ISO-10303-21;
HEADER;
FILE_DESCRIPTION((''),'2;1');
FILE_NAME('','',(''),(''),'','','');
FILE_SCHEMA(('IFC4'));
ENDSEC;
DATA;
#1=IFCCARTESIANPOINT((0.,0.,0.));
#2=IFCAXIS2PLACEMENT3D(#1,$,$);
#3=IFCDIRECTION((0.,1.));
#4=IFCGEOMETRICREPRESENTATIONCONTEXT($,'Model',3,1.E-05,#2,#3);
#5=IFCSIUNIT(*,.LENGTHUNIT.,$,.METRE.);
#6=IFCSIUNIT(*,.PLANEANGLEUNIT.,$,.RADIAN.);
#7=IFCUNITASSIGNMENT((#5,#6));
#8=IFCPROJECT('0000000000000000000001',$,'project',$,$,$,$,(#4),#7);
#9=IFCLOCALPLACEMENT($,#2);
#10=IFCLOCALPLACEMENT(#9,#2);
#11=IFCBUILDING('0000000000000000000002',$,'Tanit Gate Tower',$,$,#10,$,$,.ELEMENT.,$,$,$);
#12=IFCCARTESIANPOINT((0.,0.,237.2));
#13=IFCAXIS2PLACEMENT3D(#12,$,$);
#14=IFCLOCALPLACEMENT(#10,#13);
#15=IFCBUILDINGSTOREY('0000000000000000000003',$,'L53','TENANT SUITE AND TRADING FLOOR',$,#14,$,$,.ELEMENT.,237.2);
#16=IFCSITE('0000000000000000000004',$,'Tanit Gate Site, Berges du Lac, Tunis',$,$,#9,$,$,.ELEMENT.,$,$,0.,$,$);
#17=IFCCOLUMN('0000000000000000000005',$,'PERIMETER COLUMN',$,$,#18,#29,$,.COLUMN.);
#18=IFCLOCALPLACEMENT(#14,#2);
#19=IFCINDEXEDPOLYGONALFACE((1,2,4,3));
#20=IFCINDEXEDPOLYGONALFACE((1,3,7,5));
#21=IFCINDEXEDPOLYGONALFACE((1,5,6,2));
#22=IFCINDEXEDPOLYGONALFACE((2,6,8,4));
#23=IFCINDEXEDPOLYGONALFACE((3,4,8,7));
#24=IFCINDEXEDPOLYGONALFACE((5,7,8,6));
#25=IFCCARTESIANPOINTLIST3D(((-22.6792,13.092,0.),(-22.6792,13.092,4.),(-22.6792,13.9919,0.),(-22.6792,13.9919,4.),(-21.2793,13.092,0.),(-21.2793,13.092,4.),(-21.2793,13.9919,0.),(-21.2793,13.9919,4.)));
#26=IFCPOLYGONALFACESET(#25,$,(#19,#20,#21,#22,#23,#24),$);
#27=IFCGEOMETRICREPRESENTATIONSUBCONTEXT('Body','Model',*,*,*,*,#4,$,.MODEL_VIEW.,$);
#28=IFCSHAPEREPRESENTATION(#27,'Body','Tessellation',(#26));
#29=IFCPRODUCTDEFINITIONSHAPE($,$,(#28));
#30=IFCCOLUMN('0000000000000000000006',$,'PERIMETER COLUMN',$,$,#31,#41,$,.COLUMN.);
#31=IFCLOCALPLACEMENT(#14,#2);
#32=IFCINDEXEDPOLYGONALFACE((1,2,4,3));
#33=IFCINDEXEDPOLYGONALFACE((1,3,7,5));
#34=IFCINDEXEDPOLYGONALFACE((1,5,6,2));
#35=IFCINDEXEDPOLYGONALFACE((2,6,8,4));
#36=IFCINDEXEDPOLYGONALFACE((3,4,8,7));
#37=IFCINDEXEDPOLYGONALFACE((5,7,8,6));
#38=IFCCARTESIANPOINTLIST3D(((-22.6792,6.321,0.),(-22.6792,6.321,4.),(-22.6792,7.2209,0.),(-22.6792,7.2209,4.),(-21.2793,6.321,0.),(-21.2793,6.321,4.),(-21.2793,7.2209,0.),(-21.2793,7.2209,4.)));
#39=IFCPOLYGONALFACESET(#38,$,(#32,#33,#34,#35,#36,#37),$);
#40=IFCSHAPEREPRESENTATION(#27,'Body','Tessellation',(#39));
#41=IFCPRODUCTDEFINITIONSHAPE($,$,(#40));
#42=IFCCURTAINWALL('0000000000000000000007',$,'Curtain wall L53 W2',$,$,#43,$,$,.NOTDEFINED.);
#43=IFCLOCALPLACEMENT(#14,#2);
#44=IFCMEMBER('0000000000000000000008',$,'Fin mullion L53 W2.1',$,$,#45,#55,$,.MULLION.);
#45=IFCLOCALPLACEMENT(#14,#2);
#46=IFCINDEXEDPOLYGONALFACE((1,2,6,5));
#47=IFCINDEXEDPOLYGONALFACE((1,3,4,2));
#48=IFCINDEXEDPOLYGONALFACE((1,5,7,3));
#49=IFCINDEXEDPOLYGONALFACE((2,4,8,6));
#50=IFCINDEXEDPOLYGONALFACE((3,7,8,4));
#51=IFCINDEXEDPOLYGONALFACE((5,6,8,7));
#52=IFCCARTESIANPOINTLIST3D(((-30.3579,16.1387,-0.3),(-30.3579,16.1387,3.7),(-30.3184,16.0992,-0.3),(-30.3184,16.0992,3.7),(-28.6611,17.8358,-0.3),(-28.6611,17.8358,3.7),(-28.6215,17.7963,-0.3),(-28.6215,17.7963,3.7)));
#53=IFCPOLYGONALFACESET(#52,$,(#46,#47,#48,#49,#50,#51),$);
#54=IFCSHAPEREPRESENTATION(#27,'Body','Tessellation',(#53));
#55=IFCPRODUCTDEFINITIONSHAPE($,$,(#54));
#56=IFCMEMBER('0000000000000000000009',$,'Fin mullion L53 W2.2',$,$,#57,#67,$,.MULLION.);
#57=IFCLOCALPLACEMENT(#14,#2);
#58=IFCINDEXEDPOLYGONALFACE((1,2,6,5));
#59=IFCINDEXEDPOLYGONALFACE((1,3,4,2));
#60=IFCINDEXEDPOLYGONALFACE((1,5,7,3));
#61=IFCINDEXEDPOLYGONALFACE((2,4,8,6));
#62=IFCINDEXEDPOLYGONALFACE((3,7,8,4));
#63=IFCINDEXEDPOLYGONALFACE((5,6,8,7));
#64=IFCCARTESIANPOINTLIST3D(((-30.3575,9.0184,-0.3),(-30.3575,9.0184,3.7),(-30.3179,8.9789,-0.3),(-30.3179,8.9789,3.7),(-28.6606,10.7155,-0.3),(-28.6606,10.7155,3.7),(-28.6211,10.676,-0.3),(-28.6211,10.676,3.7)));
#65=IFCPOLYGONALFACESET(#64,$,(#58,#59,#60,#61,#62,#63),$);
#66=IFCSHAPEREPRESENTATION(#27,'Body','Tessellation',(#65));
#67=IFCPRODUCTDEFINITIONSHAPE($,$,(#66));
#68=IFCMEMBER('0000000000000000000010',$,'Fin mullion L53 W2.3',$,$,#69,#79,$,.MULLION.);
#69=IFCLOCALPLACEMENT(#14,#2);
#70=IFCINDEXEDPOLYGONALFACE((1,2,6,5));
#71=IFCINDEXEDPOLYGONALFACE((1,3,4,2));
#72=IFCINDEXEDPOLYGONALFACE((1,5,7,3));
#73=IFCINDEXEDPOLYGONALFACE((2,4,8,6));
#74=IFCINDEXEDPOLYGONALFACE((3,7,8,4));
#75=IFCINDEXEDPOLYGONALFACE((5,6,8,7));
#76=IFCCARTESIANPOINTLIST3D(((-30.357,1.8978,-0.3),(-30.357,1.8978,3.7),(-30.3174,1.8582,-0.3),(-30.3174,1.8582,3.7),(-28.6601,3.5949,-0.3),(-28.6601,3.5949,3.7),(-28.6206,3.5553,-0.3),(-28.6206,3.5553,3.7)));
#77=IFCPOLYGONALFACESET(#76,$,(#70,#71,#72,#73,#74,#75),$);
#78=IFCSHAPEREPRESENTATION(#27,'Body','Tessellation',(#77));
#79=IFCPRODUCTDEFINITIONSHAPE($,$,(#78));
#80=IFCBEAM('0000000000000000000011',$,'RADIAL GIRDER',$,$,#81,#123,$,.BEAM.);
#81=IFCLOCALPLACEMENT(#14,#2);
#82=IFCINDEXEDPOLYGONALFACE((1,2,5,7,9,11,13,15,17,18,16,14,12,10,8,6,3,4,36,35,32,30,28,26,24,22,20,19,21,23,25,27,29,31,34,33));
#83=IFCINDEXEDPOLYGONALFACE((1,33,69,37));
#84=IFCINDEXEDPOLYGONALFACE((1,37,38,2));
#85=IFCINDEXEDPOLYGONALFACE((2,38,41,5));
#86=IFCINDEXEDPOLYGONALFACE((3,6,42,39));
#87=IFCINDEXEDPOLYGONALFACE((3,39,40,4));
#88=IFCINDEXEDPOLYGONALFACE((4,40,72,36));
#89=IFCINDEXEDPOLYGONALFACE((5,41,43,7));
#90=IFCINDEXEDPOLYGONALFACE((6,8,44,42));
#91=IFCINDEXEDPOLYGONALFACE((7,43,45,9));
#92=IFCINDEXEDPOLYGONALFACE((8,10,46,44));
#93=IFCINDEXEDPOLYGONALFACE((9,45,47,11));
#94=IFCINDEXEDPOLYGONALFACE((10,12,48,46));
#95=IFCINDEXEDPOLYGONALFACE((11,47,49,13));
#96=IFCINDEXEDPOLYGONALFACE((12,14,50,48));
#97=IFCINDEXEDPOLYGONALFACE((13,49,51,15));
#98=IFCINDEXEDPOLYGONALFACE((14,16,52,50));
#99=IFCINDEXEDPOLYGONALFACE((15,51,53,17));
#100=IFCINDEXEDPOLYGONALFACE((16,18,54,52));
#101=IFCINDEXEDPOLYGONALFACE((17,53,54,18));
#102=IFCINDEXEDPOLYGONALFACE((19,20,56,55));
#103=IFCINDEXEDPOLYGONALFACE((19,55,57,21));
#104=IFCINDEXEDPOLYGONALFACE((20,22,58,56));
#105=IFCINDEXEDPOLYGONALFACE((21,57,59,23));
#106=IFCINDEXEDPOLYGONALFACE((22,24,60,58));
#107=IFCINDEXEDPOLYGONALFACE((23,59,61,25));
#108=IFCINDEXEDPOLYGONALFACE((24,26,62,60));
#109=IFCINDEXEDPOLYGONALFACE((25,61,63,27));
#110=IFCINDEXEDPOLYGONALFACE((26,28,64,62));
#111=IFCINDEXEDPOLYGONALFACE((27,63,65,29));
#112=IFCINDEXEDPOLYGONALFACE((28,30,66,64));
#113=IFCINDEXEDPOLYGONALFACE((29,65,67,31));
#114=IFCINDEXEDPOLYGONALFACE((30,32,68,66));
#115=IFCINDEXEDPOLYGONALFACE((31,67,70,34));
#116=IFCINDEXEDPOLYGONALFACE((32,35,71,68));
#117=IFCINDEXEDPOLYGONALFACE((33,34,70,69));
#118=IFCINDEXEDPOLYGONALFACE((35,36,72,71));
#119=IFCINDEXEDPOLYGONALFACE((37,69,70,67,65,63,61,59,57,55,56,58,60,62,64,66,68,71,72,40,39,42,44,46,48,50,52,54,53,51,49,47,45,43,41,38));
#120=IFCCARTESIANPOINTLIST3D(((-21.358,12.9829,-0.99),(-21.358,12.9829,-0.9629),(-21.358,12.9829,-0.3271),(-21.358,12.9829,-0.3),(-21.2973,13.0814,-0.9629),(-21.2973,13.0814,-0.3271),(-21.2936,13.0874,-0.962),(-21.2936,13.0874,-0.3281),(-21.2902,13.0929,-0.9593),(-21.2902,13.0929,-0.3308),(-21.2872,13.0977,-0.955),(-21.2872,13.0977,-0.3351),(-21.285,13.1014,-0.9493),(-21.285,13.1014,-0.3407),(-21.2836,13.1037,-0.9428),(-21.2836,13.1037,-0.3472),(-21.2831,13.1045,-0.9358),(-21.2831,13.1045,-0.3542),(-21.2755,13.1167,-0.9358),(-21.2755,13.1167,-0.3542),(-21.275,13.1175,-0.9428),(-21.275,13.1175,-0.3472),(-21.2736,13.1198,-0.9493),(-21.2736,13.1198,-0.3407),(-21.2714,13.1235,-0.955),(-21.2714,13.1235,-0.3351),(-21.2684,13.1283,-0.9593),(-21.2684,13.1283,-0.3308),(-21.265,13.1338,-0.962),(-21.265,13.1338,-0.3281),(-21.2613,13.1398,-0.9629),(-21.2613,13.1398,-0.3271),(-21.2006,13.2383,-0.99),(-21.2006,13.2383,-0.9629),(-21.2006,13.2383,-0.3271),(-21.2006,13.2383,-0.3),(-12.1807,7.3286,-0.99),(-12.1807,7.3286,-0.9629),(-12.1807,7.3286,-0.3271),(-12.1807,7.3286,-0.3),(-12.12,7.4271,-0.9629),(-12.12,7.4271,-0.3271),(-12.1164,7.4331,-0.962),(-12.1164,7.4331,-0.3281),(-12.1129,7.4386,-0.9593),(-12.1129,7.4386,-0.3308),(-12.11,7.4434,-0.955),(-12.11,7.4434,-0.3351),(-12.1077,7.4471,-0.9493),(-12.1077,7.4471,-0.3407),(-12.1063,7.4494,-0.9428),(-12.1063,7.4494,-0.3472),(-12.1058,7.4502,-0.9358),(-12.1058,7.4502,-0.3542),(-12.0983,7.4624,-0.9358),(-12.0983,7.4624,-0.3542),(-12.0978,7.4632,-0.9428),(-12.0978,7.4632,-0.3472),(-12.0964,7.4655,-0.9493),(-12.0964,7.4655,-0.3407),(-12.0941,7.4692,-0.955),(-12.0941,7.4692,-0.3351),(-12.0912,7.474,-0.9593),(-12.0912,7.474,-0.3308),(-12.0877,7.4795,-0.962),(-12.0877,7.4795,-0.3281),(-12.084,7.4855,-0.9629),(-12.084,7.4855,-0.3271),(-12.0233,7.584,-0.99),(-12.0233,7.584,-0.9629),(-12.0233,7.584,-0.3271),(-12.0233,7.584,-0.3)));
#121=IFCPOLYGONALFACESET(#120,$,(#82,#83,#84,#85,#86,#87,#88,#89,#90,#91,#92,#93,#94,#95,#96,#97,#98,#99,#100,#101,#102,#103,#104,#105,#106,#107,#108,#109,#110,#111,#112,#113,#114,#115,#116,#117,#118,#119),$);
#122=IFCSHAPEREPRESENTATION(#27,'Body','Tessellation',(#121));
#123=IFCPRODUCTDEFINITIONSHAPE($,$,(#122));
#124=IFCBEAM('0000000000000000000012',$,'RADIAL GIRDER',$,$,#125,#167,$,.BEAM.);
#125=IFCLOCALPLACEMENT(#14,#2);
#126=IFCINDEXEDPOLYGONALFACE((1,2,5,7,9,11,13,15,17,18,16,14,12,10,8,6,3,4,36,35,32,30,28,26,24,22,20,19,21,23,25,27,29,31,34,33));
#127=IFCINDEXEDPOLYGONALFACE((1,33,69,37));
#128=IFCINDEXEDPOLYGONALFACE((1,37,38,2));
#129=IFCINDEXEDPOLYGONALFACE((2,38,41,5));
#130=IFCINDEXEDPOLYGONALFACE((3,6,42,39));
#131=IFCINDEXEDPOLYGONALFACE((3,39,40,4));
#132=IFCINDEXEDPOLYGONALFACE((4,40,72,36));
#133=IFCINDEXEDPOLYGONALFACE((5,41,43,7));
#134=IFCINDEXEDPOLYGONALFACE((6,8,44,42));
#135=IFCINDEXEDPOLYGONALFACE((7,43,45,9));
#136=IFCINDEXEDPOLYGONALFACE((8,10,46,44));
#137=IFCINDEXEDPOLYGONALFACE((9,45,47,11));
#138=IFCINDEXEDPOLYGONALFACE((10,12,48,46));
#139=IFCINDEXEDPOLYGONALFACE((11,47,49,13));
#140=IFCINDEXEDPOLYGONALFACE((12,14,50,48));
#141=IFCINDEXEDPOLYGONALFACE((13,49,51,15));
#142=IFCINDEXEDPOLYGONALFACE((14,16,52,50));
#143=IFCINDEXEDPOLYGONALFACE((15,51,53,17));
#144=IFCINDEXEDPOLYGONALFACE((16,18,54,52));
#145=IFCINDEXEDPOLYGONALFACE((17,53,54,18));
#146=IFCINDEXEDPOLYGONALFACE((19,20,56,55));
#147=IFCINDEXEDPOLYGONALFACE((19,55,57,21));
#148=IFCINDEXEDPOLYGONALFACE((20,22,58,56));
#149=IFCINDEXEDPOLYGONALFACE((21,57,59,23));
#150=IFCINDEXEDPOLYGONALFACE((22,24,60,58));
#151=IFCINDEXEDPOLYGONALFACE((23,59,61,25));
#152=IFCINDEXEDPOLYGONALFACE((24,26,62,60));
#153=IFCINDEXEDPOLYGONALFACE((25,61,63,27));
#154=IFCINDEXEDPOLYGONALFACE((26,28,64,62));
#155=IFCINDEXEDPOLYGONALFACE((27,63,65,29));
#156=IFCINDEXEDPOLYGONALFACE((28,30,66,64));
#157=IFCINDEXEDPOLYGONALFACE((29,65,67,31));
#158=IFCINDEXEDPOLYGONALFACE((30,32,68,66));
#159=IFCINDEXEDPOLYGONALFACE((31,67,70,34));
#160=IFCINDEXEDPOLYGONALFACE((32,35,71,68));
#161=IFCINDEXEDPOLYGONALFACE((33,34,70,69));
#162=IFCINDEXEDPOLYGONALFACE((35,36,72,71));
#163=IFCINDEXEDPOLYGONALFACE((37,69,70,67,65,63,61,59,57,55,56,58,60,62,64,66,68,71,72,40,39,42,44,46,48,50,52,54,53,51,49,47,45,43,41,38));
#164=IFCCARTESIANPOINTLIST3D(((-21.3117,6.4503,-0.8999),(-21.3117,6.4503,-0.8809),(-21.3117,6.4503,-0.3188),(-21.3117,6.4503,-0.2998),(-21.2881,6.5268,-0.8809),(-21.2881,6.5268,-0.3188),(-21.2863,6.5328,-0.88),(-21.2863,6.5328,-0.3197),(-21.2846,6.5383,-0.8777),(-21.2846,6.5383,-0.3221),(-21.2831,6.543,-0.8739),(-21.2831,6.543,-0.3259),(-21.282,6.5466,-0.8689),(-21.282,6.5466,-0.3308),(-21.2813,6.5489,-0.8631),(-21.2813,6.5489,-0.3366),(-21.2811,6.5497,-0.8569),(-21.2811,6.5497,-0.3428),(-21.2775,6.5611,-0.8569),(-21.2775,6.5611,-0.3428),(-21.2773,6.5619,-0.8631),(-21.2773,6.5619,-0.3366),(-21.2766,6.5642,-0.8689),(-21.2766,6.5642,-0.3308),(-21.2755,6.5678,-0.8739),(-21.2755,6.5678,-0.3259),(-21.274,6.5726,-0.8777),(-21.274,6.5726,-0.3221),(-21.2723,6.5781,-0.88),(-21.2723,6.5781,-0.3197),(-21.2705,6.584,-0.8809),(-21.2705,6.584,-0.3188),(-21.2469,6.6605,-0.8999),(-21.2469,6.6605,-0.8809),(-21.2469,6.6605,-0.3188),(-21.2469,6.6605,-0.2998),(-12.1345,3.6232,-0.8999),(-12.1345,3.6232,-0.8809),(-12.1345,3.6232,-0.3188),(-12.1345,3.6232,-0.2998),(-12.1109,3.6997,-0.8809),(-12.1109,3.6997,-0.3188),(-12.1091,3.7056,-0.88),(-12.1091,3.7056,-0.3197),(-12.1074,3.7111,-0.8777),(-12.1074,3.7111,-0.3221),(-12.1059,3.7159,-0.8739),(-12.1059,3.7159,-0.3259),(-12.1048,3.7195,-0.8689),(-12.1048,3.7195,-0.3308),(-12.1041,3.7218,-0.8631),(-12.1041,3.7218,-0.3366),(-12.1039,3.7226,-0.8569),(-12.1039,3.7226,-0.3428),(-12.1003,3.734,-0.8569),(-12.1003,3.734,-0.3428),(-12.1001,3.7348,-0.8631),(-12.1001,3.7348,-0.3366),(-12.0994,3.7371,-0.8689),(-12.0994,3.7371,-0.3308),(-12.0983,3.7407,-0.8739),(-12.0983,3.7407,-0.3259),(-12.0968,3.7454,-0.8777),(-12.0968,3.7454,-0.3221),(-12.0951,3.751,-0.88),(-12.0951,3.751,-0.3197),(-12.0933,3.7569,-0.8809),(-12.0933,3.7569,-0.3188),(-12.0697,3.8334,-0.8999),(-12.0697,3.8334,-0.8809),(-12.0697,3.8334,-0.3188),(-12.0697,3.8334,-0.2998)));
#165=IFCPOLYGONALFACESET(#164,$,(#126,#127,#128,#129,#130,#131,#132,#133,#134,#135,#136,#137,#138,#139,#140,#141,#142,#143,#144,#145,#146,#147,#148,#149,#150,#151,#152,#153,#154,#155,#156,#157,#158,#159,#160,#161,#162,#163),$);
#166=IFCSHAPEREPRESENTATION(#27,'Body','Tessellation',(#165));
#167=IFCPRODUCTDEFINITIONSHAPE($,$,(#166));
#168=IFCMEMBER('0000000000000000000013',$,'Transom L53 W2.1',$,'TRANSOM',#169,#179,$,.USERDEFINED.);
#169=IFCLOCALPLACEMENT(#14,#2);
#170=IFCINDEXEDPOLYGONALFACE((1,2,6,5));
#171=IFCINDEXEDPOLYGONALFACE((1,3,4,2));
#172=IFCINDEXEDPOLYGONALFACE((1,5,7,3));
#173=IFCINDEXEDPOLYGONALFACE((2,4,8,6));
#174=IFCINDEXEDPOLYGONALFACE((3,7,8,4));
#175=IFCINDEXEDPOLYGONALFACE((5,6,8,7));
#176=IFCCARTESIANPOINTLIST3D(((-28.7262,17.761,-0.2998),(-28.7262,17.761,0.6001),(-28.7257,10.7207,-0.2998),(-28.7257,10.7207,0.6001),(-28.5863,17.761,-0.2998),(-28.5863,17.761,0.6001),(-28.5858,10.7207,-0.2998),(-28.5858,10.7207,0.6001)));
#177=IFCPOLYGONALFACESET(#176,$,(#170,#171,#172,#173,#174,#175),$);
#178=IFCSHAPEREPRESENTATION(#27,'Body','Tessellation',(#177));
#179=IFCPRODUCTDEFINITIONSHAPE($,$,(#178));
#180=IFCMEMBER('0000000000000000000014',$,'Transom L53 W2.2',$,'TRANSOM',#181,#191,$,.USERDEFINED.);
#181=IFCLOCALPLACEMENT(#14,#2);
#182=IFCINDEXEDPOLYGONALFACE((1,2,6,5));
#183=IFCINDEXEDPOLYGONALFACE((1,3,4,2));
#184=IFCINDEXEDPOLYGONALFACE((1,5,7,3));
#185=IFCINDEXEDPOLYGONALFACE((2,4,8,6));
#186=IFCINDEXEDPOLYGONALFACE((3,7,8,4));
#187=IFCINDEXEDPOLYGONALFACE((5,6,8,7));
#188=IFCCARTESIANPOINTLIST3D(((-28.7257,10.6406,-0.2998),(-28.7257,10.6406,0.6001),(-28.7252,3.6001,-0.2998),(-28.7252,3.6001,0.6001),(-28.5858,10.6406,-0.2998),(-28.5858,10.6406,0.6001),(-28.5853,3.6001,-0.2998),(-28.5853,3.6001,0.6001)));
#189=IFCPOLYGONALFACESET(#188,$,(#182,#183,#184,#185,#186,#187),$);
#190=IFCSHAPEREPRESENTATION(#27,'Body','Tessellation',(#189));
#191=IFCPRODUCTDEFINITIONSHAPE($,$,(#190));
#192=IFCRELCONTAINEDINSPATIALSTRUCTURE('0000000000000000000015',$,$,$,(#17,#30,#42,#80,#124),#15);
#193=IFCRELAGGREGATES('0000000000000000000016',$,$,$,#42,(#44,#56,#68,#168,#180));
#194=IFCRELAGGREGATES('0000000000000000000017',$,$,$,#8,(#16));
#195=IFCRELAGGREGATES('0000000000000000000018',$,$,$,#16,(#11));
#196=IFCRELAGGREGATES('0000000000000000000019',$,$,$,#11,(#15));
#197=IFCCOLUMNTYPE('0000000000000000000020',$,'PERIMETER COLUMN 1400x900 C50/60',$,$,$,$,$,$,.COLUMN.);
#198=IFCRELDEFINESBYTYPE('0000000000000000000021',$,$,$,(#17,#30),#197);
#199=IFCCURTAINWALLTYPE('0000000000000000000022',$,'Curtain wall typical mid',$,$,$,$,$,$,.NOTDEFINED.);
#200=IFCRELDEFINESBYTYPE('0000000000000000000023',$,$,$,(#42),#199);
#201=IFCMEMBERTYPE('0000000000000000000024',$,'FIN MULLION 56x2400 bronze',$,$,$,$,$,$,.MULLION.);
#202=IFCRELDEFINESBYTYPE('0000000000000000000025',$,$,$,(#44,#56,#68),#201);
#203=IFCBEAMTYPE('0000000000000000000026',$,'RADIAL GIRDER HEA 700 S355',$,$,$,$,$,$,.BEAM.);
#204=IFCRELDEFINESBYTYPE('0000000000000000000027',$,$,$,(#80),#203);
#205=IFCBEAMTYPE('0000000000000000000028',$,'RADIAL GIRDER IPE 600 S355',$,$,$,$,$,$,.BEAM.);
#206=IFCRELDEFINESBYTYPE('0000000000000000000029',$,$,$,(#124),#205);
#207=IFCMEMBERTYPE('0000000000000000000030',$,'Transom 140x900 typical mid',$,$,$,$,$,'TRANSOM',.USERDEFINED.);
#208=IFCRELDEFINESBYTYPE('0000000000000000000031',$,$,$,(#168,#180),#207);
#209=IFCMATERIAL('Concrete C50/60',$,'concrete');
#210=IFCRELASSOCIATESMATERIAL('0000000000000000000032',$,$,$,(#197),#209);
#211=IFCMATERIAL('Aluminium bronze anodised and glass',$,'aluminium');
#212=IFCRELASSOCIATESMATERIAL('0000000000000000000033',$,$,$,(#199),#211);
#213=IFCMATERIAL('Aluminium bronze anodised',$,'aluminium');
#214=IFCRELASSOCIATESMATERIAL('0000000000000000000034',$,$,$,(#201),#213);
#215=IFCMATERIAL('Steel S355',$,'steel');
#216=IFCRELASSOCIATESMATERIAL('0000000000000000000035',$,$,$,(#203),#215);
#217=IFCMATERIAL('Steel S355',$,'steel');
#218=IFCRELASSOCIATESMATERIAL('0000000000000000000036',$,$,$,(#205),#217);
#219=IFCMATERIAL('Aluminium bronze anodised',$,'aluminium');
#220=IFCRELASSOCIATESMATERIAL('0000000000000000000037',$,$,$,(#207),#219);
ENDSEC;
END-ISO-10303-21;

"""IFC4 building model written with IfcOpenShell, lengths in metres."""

from ifc_helpers import new_model, si_unit, direction, frame, origin, origin_2d, place, context, subcontext, project, spatial, rectangle, i_section, extrude, material, material_profile, profile_set, type_object, element, aggregate, save


model = new_model("IFC4")

# Units and contexts
model_context = context("Model", 3, precision=1e-05, world=origin(), true_north=direction((0.0, 1.0)))
body_context = subcontext(model_context, "Body", "Model", "MODEL_VIEW")
ifc_project = project(units=[si_unit("LENGTHUNIT", "METRE"), si_unit("PLANEANGLEUNIT", "RADIAN")], contexts=[model_context])

# Site, building, storey
site_placement = place(None, origin())
site = spatial("IfcSite", under=ifc_project, at=site_placement, Name="Tanit Gate Site, Berges du Lac, Tunis", CompositionType="ELEMENT", RefElevation=0.0)
building_placement = place(site_placement, origin())
building = spatial("IfcBuilding", under=site, at=building_placement, Name="Tanit Gate Tower", CompositionType="ELEMENT")
storey_placement = place(building_placement, frame((0.0, 0.0, 237.2)))
storey = spatial("IfcBuildingStorey", under=building, at=storey_placement, Name="L53", Description="TENANT SUITE AND TRADING FLOOR", CompositionType="ELEMENT", Elevation=237.2)

# Columns
ifc_material_1 = material(Name="Concrete C50/60", Category="concrete")
ifc_material_profile_1 = material_profile(ifc_material_1, rectangle(XDim=1.3999, YDim=0.8999, at=origin_2d()), Name="RC 1400x900")
ifc_profile_set_1 = profile_set([ifc_material_profile_1], Name="Concrete C50/60")
column_type = type_object("IfcColumnType", Name="PERIMETER COLUMN 1400x900 C50/60", PredefinedType="COLUMN", material=ifc_profile_set_1)
for number, where, z_axis, x_axis, name in (
    (1, (-21.9792, 13.542, 0.0), (0.0, 0.0, 1.0), (-1.0, 0.0, 0.0), "PERIMETER COLUMN"),
    (2, (-21.9792, 6.771, 0.0), (0.0, 0.0, 1.0), (-1.0, 0.0, 0.0), "PERIMETER COLUMN"),
):
    element("IfcColumn", number, at=place(storey_placement, frame(where, z_axis=z_axis, x_axis=x_axis)), inside=storey, type_object=column_type, Name=name, PredefinedType="COLUMN", context=body_context, shape_type="SweptSolid", body=[
        extrude(rectangle(XDim=1.3999, YDim=0.8999, at=origin_2d()), origin(), (0.0, 0.0, 1.0), 4.0),
    ])

# Curtain wall, members
ifc_material_2 = material(Name="Aluminium bronze anodised and glass", Category="aluminium")
curtain_wall_type = type_object("IfcCurtainWallType", Name="Curtain wall typical mid", PredefinedType="NOTDEFINED", material=ifc_material_2)
curtain_wall_placement = place(storey_placement, origin())
curtain_wall = element("IfcCurtainWall", 3, at=curtain_wall_placement, inside=storey, type_object=curtain_wall_type, Name="Curtain wall L53 W2", PredefinedType="NOTDEFINED")
ifc_material_3 = material(Name="Aluminium bronze anodised", Category="aluminium")
ifc_material_profile_2 = material_profile(ifc_material_3, rectangle(XDim=2.3999, YDim=0.0559, at=origin_2d()), Name="56x2400 bronze fin mullion")
ifc_profile_set_2 = profile_set([ifc_material_profile_2], Name="Aluminium bronze anodised")
member_type_1 = type_object("IfcMemberType", Name="FIN MULLION 56x2400 bronze", PredefinedType="MULLION", material=ifc_profile_set_2)
member_1_placement = place(storey_placement, frame((-29.4897, 16.9675, -0.3), z_axis=(0.0, 0.0, 1.0), x_axis=(0.707058, 0.707156, 0.0)))
member_1 = element("IfcMember", 4, at=member_1_placement, type_object=member_type_1, Name="Fin mullion L53 W2.1", PredefinedType="MULLION", context=body_context, shape_type="SweptSolid", body=[
    extrude(rectangle(XDim=2.3999, YDim=0.0559, at=origin_2d()), origin(), (0.0, 0.0, 1.0), 4.0),
])
member_2_placement = place(storey_placement, frame((-29.4893, 9.8472, -0.3), z_axis=(0.0, 0.0, 1.0), x_axis=(0.707058, 0.707156, 0.0)))
member_2 = element("IfcMember", 5, at=member_2_placement, type_object=member_type_1, Name="Fin mullion L53 W2.2", PredefinedType="MULLION", context=body_context, shape_type="SweptSolid", body=[
    extrude(rectangle(XDim=2.3999, YDim=0.0559, at=origin_2d()), origin(), (0.0, 0.0, 1.0), 4.0),
])
member_3_placement = place(storey_placement, frame((-29.4888, 2.7266, -0.3), z_axis=(0.0, 0.0, 1.0), x_axis=(0.707058, 0.707156, 0.0)))
member_3 = element("IfcMember", 6, at=member_3_placement, type_object=member_type_1, Name="Fin mullion L53 W2.3", PredefinedType="MULLION", context=body_context, shape_type="SweptSolid", body=[
    extrude(rectangle(XDim=2.3999, YDim=0.0559, at=origin_2d()), origin(), (0.0, 0.0, 1.0), 4.0),
])

# Beams
ifc_material_4 = material(Name="Steel S355", Category="steel")
ifc_material_profile_3 = material_profile(ifc_material_4, i_section(OverallWidth=0.3, OverallDepth=0.6899, WebThickness=0.0144, FlangeThickness=0.0271, FilletRadius=0.0271, at=origin_2d()), Name="HEA 700")
ifc_profile_set_3 = profile_set([ifc_material_profile_3], Name="Steel S355")
beam_type_1 = type_object("IfcBeamType", Name="RADIAL GIRDER HEA 700 S355", PredefinedType="BEAM", material=ifc_profile_set_3)
beam_1_placement = place(storey_placement, frame((-21.2793, 13.1106, -0.645), z_axis=(0.851378, -0.524552, 0.0), x_axis=(0.524552, 0.851378, 0.0)))
element("IfcBeam", 7, at=beam_1_placement, inside=storey, type_object=beam_type_1, Name="RADIAL GIRDER", PredefinedType="BEAM", context=body_context, shape_type="SweptSolid", body=[
    extrude(i_section(OverallWidth=0.3, OverallDepth=0.6899, WebThickness=0.0144, FlangeThickness=0.0271, FilletRadius=0.0271, at=origin_2d()), origin(), (0.0, 0.0, 1.0), 10.7793),
])
ifc_material_5 = material(Name="Steel S355", Category="steel")
ifc_material_profile_4 = material_profile(ifc_material_5, i_section(OverallWidth=0.22, OverallDepth=0.6001, WebThickness=0.012, FlangeThickness=0.019, FilletRadius=0.0239, at=origin_2d()), Name="IPE 600")
ifc_profile_set_4 = profile_set([ifc_material_profile_4], Name="Steel S355")
beam_type_2 = type_object("IfcBeamType", Name="RADIAL GIRDER IPE 600 S355", PredefinedType="BEAM", material=ifc_profile_set_4)
beam_2_placement = place(storey_placement, frame((-21.2793, 6.5554, -0.5999), z_axis=(0.95568, -0.294407, 0.0), x_axis=(0.294407, 0.95568, 0.0)))
element("IfcBeam", 8, at=beam_2_placement, inside=storey, type_object=beam_type_2, Name="RADIAL GIRDER", PredefinedType="BEAM", context=body_context, shape_type="SweptSolid", body=[
    extrude(i_section(OverallWidth=0.22, OverallDepth=0.6001, WebThickness=0.012, FlangeThickness=0.019, FilletRadius=0.0239, at=origin_2d()), origin(), (0.0, 0.0, 1.0), 9.6028),
])

# Members
ifc_material_6 = material(Name="Aluminium bronze anodised", Category="aluminium")
ifc_material_profile_5 = material_profile(ifc_material_6, rectangle(XDim=0.1399, YDim=0.8999, at=origin_2d()), Name="140x900 bronze transom")
ifc_profile_set_5 = profile_set([ifc_material_profile_5], Name="Aluminium bronze anodised")
member_type_2 = type_object("IfcMemberType", Name="Transom 140x900 typical mid", ElementType="TRANSOM", PredefinedType="USERDEFINED", material=ifc_profile_set_5)
member_4_placement = place(storey_placement, frame((-28.6562, 17.761, 0.1501), z_axis=(0.000069, -1.0, 0.0), x_axis=(1.0, 0.000069, 0.0)))
member_4 = element("IfcMember", 9, at=member_4_placement, type_object=member_type_2, Name="Transom L53 W2.1", ObjectType="TRANSOM", PredefinedType="USERDEFINED", context=body_context, shape_type="SweptSolid", body=[
    extrude(rectangle(XDim=0.1399, YDim=0.8999, at=origin_2d()), origin(), (0.0, 0.0, 1.0), 7.0403),
])
member_5_placement = place(storey_placement, frame((-28.6558, 10.6406, 0.1501), z_axis=(0.000069, -1.0, 0.0), x_axis=(1.0, 0.000069, 0.0)))
member_5 = element("IfcMember", 10, at=member_5_placement, type_object=member_type_2, Name="Transom L53 W2.2", ObjectType="TRANSOM", PredefinedType="USERDEFINED", context=body_context, shape_type="SweptSolid", body=[
    extrude(rectangle(XDim=0.1399, YDim=0.8999, at=origin_2d()), origin(), (0.0, 0.0, 1.0), 7.0405),
])

aggregate(curtain_wall, [member_1, member_2, member_3, member_4, member_5])

save(model, "model.ifc")
